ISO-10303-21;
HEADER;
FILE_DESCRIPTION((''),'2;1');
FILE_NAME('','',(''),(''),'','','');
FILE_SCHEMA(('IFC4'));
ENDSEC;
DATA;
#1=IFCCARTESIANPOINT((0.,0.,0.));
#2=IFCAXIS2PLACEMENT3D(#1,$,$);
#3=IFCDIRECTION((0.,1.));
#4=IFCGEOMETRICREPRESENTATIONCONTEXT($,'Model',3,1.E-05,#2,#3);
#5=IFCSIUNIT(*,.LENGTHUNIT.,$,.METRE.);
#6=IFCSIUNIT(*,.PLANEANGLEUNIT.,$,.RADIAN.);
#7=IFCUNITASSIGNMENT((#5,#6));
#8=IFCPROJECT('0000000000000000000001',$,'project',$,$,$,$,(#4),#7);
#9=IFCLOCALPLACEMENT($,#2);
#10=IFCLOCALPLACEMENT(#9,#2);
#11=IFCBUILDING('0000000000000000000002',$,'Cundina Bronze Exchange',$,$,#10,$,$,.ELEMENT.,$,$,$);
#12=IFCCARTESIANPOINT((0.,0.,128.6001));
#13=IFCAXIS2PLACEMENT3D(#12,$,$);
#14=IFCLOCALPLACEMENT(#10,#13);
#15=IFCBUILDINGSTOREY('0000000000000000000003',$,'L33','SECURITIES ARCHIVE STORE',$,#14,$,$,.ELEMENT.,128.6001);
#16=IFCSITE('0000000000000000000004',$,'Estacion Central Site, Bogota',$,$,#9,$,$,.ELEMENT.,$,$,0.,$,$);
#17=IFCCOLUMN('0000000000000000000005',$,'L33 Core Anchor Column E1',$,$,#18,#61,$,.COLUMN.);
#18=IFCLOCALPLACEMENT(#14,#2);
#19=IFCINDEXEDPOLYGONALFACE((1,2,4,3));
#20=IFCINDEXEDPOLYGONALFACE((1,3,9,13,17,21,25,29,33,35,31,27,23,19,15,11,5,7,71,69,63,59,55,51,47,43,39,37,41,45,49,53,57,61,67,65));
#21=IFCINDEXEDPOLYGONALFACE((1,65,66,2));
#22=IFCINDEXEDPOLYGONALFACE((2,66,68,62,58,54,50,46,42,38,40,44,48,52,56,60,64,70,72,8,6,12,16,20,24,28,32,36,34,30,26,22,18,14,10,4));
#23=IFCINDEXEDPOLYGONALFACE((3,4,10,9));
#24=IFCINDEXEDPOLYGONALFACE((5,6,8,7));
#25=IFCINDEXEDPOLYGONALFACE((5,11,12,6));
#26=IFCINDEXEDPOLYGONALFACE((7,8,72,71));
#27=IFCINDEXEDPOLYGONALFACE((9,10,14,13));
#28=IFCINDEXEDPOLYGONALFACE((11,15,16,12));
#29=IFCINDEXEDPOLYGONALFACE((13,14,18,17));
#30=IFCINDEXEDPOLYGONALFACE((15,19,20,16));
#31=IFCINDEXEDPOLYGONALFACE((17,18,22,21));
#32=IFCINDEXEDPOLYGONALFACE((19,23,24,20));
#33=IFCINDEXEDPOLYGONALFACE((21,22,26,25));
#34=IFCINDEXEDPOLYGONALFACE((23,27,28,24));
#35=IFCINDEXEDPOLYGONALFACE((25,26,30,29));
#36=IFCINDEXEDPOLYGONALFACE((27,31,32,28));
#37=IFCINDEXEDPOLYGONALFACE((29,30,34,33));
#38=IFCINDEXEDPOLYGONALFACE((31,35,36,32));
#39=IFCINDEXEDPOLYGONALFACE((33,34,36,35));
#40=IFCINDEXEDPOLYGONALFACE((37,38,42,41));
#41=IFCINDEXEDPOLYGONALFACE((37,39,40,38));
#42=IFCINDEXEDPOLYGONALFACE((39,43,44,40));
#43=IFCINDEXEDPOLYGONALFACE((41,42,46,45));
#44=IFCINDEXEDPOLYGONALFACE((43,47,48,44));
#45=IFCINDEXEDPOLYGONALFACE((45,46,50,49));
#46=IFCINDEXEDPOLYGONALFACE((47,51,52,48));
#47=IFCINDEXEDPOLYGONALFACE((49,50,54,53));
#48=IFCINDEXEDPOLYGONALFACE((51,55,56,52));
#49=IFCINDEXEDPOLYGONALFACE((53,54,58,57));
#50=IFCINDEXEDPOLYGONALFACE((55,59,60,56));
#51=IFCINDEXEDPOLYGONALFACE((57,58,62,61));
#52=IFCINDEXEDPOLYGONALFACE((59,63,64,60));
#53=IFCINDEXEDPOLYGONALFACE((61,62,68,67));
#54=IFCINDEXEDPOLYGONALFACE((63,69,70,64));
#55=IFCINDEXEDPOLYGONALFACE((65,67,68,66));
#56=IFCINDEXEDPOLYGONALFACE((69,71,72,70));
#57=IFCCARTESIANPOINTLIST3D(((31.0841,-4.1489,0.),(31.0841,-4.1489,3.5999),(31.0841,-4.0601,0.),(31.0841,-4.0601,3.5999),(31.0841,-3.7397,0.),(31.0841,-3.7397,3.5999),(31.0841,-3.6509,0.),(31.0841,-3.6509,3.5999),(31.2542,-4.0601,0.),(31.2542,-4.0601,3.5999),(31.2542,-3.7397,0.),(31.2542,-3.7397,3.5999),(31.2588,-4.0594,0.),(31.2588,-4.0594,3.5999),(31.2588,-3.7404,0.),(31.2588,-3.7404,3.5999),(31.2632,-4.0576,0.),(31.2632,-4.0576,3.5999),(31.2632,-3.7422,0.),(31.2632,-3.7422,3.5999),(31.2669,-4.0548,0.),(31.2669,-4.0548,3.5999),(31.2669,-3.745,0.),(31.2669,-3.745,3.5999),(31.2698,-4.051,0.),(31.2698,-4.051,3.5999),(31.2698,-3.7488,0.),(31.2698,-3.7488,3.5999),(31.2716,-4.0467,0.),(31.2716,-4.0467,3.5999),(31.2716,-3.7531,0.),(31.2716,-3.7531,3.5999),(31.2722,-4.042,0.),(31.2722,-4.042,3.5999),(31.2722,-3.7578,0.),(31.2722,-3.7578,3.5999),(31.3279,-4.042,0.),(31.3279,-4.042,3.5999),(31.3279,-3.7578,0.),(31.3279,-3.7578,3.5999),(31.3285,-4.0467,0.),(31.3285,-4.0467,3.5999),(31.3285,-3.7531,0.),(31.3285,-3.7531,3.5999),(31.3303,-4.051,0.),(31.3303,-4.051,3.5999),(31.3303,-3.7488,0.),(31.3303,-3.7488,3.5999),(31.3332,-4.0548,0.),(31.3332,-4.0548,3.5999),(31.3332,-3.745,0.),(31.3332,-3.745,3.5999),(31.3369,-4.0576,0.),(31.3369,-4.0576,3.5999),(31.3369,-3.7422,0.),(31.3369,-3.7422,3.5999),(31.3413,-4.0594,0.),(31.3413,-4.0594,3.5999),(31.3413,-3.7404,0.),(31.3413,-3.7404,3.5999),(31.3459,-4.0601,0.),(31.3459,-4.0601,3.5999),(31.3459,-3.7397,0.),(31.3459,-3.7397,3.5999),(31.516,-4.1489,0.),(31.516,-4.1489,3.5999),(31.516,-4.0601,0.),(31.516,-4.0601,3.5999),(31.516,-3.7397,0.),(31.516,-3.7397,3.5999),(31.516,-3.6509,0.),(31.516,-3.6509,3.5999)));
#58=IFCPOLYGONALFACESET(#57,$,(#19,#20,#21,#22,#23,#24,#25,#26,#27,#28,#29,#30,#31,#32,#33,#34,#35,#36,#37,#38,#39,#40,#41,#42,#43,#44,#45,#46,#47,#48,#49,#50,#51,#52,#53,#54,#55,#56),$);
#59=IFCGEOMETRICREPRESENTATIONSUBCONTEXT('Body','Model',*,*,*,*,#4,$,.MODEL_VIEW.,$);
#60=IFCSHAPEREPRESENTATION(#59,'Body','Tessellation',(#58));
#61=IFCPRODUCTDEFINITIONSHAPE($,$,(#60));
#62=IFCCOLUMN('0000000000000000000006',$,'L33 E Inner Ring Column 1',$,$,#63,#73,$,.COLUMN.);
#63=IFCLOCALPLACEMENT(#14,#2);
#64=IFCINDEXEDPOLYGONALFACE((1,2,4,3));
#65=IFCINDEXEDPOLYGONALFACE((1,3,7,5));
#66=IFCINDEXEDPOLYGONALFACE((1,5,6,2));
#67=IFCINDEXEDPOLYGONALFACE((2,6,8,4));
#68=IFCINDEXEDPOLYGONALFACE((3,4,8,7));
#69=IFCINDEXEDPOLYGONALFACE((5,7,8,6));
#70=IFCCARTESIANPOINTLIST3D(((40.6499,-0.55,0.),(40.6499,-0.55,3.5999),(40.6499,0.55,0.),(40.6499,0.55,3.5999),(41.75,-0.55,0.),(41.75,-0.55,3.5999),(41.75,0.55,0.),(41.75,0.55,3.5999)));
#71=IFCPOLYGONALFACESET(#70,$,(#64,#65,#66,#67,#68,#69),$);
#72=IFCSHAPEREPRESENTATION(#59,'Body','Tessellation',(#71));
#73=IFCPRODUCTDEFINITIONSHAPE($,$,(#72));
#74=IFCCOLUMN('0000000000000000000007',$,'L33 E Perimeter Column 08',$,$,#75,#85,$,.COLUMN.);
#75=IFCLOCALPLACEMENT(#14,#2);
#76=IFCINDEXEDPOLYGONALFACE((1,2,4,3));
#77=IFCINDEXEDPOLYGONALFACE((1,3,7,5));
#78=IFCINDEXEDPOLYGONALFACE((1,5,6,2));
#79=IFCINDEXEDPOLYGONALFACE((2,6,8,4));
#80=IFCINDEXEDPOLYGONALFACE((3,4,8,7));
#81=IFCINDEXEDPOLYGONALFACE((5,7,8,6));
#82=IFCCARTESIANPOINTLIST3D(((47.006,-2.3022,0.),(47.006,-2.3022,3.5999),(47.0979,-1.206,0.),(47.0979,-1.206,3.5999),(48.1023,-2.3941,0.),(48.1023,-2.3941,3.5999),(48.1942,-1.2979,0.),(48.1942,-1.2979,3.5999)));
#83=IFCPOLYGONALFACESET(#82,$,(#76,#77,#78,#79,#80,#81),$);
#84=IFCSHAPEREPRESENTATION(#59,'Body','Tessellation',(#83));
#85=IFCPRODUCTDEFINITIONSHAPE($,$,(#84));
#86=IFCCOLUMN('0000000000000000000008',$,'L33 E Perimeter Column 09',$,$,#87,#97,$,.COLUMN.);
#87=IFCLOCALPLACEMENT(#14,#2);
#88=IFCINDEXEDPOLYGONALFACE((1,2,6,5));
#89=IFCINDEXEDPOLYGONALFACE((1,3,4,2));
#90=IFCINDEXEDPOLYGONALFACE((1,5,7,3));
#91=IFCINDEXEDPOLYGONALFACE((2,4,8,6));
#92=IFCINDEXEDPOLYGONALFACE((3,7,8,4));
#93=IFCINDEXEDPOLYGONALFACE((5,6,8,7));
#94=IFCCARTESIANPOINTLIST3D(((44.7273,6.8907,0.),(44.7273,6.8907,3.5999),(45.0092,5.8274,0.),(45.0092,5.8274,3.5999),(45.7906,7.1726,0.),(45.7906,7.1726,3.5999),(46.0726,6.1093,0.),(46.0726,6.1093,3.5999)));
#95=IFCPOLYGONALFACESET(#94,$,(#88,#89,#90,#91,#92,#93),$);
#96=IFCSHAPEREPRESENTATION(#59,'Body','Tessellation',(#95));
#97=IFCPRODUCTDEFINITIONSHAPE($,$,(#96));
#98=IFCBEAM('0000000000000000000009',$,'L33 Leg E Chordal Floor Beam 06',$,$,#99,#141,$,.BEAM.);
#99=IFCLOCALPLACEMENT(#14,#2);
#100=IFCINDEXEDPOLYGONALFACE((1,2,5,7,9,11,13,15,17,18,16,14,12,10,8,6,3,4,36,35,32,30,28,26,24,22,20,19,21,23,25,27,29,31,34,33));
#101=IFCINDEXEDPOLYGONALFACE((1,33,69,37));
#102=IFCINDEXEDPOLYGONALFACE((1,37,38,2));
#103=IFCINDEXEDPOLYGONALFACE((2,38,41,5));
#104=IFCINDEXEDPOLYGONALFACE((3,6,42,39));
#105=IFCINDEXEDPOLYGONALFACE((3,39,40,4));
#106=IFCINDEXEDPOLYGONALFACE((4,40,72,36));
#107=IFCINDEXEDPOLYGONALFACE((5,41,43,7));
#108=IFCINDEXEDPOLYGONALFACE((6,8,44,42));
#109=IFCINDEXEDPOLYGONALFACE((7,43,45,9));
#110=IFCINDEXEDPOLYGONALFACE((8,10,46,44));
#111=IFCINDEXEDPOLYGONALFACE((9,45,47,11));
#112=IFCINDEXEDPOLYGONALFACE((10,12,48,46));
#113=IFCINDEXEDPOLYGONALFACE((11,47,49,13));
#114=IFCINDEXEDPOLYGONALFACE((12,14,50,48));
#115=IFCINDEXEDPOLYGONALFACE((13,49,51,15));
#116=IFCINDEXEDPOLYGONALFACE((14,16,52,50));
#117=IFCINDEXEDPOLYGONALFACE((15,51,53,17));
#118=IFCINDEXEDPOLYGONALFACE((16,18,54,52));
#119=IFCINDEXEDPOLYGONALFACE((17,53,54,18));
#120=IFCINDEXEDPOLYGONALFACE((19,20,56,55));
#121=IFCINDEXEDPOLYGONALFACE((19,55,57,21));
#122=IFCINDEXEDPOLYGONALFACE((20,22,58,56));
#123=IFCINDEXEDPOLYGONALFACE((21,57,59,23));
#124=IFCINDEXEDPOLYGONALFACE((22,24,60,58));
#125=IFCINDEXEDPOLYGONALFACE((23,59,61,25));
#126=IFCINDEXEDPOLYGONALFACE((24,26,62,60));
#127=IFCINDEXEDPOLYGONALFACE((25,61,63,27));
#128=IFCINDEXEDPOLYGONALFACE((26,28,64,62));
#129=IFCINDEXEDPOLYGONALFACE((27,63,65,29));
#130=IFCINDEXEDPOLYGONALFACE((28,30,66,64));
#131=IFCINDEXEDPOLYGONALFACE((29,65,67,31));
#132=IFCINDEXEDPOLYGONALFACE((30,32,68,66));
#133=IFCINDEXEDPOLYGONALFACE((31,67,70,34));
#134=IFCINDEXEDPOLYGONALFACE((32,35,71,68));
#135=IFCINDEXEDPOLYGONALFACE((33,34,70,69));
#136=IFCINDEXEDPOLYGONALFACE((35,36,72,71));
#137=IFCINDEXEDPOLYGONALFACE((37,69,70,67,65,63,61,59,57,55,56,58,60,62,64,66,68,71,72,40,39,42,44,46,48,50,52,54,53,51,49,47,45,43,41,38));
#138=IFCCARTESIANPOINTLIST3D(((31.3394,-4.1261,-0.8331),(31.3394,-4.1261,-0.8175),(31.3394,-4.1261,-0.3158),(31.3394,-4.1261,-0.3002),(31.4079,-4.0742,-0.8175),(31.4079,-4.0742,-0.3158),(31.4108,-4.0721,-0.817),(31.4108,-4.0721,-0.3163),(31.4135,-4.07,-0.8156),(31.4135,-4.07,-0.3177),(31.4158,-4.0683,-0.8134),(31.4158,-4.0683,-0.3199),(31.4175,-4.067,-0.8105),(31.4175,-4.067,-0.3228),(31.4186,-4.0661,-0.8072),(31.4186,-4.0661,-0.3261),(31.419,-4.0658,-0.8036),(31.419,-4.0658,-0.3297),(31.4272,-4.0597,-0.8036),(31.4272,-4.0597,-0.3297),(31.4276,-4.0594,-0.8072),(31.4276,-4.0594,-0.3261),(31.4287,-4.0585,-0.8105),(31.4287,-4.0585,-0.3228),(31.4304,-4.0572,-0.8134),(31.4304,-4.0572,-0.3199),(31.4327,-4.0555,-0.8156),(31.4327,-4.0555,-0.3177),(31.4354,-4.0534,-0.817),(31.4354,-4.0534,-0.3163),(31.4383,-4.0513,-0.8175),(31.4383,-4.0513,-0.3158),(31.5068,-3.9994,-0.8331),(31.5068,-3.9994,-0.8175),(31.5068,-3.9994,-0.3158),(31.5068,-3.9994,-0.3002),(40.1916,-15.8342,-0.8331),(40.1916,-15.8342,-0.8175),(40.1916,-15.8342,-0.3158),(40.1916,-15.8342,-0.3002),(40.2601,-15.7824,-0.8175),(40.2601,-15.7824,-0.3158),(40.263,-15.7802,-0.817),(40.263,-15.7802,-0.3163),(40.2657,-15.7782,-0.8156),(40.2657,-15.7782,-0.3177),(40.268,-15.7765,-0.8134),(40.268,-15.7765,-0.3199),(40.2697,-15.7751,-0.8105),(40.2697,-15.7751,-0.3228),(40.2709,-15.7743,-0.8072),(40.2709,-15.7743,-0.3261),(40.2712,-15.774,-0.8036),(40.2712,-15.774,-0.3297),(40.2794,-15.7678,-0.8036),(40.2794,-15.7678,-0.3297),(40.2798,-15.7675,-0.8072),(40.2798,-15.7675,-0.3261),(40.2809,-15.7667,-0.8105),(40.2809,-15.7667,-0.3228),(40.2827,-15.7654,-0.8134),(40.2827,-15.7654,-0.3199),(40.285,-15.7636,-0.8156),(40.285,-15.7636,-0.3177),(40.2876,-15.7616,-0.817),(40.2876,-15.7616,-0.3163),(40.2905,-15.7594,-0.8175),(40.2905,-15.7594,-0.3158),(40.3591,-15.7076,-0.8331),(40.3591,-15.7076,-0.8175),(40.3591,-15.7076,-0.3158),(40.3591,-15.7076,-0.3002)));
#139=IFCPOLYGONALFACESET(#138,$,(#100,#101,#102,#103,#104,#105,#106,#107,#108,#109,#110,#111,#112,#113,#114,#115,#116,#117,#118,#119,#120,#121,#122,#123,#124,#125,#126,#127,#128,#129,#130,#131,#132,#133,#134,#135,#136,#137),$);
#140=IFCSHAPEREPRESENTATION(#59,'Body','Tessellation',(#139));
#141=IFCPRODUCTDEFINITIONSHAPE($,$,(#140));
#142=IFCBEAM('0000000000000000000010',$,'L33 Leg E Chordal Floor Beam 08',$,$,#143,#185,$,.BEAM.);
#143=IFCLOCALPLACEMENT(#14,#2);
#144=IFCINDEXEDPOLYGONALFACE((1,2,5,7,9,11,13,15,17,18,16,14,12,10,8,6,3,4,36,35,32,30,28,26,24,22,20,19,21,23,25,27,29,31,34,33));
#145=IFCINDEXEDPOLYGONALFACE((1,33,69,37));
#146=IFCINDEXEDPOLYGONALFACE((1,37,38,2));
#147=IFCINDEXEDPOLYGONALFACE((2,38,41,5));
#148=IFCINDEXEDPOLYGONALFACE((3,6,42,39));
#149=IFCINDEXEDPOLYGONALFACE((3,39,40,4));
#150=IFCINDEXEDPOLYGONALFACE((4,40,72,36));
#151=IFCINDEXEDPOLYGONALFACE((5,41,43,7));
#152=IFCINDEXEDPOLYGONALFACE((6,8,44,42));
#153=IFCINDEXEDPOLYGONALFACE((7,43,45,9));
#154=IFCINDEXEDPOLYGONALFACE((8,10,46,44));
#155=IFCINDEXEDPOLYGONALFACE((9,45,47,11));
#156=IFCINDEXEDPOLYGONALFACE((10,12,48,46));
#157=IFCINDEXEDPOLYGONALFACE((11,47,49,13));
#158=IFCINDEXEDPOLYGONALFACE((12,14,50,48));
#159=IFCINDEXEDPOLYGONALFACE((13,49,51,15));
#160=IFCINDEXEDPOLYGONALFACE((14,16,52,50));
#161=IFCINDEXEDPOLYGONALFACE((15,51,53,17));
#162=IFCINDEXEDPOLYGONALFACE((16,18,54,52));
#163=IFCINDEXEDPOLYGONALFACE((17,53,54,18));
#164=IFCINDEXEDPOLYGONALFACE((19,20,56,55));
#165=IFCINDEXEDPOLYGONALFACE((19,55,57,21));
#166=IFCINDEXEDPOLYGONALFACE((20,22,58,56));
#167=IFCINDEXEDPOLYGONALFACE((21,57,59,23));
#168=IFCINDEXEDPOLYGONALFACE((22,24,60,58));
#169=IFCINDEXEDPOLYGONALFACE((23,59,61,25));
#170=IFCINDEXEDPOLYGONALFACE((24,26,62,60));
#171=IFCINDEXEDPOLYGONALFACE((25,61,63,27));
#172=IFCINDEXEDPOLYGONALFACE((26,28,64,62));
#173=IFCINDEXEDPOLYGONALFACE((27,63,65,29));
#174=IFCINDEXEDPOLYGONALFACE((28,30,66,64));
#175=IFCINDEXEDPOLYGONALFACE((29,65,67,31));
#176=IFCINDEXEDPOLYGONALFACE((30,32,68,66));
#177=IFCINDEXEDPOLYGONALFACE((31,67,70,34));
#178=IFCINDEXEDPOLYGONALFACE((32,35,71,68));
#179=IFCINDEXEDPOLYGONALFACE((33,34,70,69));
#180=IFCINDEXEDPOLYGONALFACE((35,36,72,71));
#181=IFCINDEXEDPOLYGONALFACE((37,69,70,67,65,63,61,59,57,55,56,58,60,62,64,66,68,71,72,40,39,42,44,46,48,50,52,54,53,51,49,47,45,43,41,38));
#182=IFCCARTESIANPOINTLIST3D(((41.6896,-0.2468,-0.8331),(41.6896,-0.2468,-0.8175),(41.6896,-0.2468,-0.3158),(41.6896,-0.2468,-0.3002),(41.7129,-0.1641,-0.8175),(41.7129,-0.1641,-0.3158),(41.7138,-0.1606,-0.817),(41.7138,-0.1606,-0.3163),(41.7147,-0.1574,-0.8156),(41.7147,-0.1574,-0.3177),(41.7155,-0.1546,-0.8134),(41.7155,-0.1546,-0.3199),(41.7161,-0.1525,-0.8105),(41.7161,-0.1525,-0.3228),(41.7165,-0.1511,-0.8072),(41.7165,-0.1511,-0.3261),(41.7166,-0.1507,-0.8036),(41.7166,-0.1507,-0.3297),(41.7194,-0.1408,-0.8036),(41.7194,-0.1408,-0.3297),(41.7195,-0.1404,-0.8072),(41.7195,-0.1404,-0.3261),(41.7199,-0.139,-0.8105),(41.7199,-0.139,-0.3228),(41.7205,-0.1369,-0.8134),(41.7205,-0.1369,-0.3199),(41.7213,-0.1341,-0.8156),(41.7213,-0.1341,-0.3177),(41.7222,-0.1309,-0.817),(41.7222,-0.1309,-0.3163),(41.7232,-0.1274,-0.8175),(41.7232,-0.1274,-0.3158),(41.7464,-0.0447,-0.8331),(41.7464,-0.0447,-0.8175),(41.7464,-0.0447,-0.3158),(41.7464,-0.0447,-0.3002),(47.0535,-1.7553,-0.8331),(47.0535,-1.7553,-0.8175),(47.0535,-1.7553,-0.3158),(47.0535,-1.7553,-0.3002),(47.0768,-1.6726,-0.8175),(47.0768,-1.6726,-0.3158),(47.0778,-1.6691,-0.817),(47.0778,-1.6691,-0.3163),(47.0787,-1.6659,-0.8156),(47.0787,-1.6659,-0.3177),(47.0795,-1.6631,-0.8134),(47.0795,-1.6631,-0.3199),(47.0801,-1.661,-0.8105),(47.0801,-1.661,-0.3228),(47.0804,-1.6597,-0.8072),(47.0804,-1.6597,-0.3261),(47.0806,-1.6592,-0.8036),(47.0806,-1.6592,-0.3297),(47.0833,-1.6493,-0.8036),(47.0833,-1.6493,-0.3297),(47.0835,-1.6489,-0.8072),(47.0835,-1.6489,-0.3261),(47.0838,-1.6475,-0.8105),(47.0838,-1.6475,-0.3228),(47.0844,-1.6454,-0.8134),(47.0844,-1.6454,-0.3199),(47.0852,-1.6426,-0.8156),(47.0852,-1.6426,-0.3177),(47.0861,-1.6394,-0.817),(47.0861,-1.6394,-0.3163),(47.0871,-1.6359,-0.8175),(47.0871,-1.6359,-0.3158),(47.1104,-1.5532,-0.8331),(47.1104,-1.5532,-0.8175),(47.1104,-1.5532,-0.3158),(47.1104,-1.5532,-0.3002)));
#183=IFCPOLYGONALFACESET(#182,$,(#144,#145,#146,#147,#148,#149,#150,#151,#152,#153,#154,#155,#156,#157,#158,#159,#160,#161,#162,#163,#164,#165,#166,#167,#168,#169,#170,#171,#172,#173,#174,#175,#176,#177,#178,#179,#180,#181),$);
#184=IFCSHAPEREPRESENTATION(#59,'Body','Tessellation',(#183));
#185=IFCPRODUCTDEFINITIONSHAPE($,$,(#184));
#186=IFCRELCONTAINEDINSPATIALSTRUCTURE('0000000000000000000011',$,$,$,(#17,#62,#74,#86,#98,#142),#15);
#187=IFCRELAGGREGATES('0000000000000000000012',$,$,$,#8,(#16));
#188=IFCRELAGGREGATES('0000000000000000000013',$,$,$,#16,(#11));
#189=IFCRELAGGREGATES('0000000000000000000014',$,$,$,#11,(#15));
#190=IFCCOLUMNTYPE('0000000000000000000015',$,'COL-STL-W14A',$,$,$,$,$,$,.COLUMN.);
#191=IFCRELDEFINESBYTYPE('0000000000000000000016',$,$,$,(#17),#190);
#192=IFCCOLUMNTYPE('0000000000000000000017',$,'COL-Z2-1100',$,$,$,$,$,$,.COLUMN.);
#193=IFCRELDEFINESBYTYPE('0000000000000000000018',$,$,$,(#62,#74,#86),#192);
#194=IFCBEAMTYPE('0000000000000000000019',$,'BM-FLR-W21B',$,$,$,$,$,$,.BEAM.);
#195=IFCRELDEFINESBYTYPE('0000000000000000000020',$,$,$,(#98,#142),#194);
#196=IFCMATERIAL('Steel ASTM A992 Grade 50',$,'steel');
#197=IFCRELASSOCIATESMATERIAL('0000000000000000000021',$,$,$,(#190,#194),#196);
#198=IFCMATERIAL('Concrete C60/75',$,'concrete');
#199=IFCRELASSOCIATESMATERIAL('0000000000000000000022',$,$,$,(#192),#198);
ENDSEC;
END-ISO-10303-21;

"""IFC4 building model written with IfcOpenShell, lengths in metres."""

from ifc_helpers import new_model, si_unit, direction, frame, origin, origin_2d, place, context, subcontext, project, spatial, rectangle, i_section, extrude, material, material_profile, profile_set, type_object, element, save


model = new_model("IFC4")

# Units and contexts
model_context = context("Model", 3, precision=1e-05, world=origin(), true_north=direction((0.0, 1.0)))
body_context = subcontext(model_context, "Body", "Model", "MODEL_VIEW")
ifc_project = project(units=[si_unit("LENGTHUNIT", "METRE"), si_unit("PLANEANGLEUNIT", "RADIAN")], contexts=[model_context])

# Site, building, storey
site_placement = place(None, origin())
site = spatial("IfcSite", under=ifc_project, at=site_placement, Name="Estacion Central Site, Bogota", CompositionType="ELEMENT", RefElevation=0.0)
building_placement = place(site_placement, origin())
building = spatial("IfcBuilding", under=site, at=building_placement, Name="Cundina Bronze Exchange", CompositionType="ELEMENT")
storey_placement = place(building_placement, frame((0.0, 0.0, 128.6001)))
storey = spatial("IfcBuildingStorey", under=building, at=storey_placement, Name="L33", Description="SECURITIES ARCHIVE STORE", CompositionType="ELEMENT", Elevation=128.6001)

# Columns
ifc_material_1 = material(Name="Steel ASTM A992 Grade 50", Category="steel")
ifc_material_profile_1 = material_profile(ifc_material_1, i_section(OverallWidth=0.4319, OverallDepth=0.498, WebThickness=0.0557, FlangeThickness=0.0889, FilletRadius=0.0181, at=origin_2d()), Name="W14X500", Category="steel")
ifc_profile_set_1 = profile_set([ifc_material_profile_1], Name="Steel ASTM A992 Grade 50")
column_type_1 = type_object("IfcColumnType", Name="COL-STL-W14A", PredefinedType="COLUMN", material=ifc_profile_set_1)
column_placement = place(storey_placement, frame((31.3, -3.8999, 0.0), z_axis=(0.0, 0.0, 1.0), x_axis=(1.0, 0.0, 0.0)))
element("IfcColumn", 1, at=column_placement, inside=storey, type_object=column_type_1, Name="L33 Core Anchor Column E1", PredefinedType="COLUMN", context=body_context, shape_type="SweptSolid", body=[
    extrude(i_section(OverallWidth=0.4319, OverallDepth=0.498, WebThickness=0.0557, FlangeThickness=0.0889, FilletRadius=0.0181, at=origin_2d()), origin(), (0.0, 0.0, 1.0), 3.5999),
])
ifc_material_2 = material(Name="Concrete C60/75", Category="concrete")
ifc_material_profile_2 = material_profile(ifc_material_2, rectangle(XDim=1.1001, YDim=1.1001, at=origin_2d()), Name="RC1100X1100", Category="concrete")
ifc_profile_set_2 = profile_set([ifc_material_profile_2], Name="Concrete C60/75")
column_type_2 = type_object("IfcColumnType", Name="COL-Z2-1100", PredefinedType="COLUMN", material=ifc_profile_set_2)
for number, where, z_axis, x_axis, name in (
    (2, (41.2, 0.0, 0.0), (0.0, 0.0, 1.0), (1.0, 0.0, 0.0), "L33 E Inner Ring Column 1"),
    (3, (47.6001, -1.8, 0.0), (0.0, 0.0, 1.0), (0.083504, 0.996507, 0.0), "L33 E Perimeter Column 08"),
    (4, (45.3999, 6.5, 0.0), (0.0, 0.0, 1.0), (-0.256289, 0.9666, 0.0), "L33 E Perimeter Column 09"),
):
    element("IfcColumn", number, at=place(storey_placement, frame(where, z_axis=z_axis, x_axis=x_axis)), inside=storey, type_object=column_type_2, Name=name, PredefinedType="COLUMN", context=body_context, shape_type="SweptSolid", body=[
        extrude(rectangle(XDim=1.1001, YDim=1.1001, at=origin_2d()), origin(), (0.0, 0.0, 1.0), 3.5999),
    ])

# Beams
ifc_material_profile_3 = material_profile(ifc_material_1, i_section(OverallWidth=0.21, OverallDepth=0.533, WebThickness=0.0103, FlangeThickness=0.0156, FilletRadius=0.0139, at=origin_2d()), Name="W21X62", Category="steel")
ifc_profile_set_3 = profile_set([ifc_material_profile_3], Name="Steel ASTM A992 Grade 50")
beam_type_1 = type_object("IfcBeamType", Name="BM-FLR-W21B", PredefinedType="BEAM", material=ifc_profile_set_3)
beam_1_placement = place(storey_placement, frame((31.4231, -4.0627, -0.5667), z_axis=(0.603096, -0.797669, 0.0), x_axis=(0.797669, 0.603096, 0.0)))
element("IfcBeam", 5, at=beam_1_placement, inside=storey, type_object=beam_type_1, Name="L33 Leg E Chordal Floor Beam 06", PredefinedType="BEAM", context=body_context, shape_type="SweptSolid", body=[
    extrude(i_section(OverallWidth=0.21, OverallDepth=0.533, WebThickness=0.0103, FlangeThickness=0.0156, FilletRadius=0.0139, at=origin_2d()), origin(), (0.0, 0.0, 1.0), 14.678),
])
beam_2_placement = place(storey_placement, frame((41.718, -0.1458, -0.5667), z_axis=(0.962655, -0.270732, 0.0), x_axis=(0.270732, 0.962655, 0.0)))
element("IfcBeam", 6, at=beam_2_placement, inside=storey, type_object=beam_type_1, Name="L33 Leg E Chordal Floor Beam 08", PredefinedType="BEAM", context=body_context, shape_type="SweptSolid", body=[
    extrude(i_section(OverallWidth=0.21, OverallDepth=0.533, WebThickness=0.0103, FlangeThickness=0.0156, FilletRadius=0.0139, at=origin_2d()), origin(), (0.0, 0.0, 1.0), 5.572),
])

save(model, "model.ifc")
